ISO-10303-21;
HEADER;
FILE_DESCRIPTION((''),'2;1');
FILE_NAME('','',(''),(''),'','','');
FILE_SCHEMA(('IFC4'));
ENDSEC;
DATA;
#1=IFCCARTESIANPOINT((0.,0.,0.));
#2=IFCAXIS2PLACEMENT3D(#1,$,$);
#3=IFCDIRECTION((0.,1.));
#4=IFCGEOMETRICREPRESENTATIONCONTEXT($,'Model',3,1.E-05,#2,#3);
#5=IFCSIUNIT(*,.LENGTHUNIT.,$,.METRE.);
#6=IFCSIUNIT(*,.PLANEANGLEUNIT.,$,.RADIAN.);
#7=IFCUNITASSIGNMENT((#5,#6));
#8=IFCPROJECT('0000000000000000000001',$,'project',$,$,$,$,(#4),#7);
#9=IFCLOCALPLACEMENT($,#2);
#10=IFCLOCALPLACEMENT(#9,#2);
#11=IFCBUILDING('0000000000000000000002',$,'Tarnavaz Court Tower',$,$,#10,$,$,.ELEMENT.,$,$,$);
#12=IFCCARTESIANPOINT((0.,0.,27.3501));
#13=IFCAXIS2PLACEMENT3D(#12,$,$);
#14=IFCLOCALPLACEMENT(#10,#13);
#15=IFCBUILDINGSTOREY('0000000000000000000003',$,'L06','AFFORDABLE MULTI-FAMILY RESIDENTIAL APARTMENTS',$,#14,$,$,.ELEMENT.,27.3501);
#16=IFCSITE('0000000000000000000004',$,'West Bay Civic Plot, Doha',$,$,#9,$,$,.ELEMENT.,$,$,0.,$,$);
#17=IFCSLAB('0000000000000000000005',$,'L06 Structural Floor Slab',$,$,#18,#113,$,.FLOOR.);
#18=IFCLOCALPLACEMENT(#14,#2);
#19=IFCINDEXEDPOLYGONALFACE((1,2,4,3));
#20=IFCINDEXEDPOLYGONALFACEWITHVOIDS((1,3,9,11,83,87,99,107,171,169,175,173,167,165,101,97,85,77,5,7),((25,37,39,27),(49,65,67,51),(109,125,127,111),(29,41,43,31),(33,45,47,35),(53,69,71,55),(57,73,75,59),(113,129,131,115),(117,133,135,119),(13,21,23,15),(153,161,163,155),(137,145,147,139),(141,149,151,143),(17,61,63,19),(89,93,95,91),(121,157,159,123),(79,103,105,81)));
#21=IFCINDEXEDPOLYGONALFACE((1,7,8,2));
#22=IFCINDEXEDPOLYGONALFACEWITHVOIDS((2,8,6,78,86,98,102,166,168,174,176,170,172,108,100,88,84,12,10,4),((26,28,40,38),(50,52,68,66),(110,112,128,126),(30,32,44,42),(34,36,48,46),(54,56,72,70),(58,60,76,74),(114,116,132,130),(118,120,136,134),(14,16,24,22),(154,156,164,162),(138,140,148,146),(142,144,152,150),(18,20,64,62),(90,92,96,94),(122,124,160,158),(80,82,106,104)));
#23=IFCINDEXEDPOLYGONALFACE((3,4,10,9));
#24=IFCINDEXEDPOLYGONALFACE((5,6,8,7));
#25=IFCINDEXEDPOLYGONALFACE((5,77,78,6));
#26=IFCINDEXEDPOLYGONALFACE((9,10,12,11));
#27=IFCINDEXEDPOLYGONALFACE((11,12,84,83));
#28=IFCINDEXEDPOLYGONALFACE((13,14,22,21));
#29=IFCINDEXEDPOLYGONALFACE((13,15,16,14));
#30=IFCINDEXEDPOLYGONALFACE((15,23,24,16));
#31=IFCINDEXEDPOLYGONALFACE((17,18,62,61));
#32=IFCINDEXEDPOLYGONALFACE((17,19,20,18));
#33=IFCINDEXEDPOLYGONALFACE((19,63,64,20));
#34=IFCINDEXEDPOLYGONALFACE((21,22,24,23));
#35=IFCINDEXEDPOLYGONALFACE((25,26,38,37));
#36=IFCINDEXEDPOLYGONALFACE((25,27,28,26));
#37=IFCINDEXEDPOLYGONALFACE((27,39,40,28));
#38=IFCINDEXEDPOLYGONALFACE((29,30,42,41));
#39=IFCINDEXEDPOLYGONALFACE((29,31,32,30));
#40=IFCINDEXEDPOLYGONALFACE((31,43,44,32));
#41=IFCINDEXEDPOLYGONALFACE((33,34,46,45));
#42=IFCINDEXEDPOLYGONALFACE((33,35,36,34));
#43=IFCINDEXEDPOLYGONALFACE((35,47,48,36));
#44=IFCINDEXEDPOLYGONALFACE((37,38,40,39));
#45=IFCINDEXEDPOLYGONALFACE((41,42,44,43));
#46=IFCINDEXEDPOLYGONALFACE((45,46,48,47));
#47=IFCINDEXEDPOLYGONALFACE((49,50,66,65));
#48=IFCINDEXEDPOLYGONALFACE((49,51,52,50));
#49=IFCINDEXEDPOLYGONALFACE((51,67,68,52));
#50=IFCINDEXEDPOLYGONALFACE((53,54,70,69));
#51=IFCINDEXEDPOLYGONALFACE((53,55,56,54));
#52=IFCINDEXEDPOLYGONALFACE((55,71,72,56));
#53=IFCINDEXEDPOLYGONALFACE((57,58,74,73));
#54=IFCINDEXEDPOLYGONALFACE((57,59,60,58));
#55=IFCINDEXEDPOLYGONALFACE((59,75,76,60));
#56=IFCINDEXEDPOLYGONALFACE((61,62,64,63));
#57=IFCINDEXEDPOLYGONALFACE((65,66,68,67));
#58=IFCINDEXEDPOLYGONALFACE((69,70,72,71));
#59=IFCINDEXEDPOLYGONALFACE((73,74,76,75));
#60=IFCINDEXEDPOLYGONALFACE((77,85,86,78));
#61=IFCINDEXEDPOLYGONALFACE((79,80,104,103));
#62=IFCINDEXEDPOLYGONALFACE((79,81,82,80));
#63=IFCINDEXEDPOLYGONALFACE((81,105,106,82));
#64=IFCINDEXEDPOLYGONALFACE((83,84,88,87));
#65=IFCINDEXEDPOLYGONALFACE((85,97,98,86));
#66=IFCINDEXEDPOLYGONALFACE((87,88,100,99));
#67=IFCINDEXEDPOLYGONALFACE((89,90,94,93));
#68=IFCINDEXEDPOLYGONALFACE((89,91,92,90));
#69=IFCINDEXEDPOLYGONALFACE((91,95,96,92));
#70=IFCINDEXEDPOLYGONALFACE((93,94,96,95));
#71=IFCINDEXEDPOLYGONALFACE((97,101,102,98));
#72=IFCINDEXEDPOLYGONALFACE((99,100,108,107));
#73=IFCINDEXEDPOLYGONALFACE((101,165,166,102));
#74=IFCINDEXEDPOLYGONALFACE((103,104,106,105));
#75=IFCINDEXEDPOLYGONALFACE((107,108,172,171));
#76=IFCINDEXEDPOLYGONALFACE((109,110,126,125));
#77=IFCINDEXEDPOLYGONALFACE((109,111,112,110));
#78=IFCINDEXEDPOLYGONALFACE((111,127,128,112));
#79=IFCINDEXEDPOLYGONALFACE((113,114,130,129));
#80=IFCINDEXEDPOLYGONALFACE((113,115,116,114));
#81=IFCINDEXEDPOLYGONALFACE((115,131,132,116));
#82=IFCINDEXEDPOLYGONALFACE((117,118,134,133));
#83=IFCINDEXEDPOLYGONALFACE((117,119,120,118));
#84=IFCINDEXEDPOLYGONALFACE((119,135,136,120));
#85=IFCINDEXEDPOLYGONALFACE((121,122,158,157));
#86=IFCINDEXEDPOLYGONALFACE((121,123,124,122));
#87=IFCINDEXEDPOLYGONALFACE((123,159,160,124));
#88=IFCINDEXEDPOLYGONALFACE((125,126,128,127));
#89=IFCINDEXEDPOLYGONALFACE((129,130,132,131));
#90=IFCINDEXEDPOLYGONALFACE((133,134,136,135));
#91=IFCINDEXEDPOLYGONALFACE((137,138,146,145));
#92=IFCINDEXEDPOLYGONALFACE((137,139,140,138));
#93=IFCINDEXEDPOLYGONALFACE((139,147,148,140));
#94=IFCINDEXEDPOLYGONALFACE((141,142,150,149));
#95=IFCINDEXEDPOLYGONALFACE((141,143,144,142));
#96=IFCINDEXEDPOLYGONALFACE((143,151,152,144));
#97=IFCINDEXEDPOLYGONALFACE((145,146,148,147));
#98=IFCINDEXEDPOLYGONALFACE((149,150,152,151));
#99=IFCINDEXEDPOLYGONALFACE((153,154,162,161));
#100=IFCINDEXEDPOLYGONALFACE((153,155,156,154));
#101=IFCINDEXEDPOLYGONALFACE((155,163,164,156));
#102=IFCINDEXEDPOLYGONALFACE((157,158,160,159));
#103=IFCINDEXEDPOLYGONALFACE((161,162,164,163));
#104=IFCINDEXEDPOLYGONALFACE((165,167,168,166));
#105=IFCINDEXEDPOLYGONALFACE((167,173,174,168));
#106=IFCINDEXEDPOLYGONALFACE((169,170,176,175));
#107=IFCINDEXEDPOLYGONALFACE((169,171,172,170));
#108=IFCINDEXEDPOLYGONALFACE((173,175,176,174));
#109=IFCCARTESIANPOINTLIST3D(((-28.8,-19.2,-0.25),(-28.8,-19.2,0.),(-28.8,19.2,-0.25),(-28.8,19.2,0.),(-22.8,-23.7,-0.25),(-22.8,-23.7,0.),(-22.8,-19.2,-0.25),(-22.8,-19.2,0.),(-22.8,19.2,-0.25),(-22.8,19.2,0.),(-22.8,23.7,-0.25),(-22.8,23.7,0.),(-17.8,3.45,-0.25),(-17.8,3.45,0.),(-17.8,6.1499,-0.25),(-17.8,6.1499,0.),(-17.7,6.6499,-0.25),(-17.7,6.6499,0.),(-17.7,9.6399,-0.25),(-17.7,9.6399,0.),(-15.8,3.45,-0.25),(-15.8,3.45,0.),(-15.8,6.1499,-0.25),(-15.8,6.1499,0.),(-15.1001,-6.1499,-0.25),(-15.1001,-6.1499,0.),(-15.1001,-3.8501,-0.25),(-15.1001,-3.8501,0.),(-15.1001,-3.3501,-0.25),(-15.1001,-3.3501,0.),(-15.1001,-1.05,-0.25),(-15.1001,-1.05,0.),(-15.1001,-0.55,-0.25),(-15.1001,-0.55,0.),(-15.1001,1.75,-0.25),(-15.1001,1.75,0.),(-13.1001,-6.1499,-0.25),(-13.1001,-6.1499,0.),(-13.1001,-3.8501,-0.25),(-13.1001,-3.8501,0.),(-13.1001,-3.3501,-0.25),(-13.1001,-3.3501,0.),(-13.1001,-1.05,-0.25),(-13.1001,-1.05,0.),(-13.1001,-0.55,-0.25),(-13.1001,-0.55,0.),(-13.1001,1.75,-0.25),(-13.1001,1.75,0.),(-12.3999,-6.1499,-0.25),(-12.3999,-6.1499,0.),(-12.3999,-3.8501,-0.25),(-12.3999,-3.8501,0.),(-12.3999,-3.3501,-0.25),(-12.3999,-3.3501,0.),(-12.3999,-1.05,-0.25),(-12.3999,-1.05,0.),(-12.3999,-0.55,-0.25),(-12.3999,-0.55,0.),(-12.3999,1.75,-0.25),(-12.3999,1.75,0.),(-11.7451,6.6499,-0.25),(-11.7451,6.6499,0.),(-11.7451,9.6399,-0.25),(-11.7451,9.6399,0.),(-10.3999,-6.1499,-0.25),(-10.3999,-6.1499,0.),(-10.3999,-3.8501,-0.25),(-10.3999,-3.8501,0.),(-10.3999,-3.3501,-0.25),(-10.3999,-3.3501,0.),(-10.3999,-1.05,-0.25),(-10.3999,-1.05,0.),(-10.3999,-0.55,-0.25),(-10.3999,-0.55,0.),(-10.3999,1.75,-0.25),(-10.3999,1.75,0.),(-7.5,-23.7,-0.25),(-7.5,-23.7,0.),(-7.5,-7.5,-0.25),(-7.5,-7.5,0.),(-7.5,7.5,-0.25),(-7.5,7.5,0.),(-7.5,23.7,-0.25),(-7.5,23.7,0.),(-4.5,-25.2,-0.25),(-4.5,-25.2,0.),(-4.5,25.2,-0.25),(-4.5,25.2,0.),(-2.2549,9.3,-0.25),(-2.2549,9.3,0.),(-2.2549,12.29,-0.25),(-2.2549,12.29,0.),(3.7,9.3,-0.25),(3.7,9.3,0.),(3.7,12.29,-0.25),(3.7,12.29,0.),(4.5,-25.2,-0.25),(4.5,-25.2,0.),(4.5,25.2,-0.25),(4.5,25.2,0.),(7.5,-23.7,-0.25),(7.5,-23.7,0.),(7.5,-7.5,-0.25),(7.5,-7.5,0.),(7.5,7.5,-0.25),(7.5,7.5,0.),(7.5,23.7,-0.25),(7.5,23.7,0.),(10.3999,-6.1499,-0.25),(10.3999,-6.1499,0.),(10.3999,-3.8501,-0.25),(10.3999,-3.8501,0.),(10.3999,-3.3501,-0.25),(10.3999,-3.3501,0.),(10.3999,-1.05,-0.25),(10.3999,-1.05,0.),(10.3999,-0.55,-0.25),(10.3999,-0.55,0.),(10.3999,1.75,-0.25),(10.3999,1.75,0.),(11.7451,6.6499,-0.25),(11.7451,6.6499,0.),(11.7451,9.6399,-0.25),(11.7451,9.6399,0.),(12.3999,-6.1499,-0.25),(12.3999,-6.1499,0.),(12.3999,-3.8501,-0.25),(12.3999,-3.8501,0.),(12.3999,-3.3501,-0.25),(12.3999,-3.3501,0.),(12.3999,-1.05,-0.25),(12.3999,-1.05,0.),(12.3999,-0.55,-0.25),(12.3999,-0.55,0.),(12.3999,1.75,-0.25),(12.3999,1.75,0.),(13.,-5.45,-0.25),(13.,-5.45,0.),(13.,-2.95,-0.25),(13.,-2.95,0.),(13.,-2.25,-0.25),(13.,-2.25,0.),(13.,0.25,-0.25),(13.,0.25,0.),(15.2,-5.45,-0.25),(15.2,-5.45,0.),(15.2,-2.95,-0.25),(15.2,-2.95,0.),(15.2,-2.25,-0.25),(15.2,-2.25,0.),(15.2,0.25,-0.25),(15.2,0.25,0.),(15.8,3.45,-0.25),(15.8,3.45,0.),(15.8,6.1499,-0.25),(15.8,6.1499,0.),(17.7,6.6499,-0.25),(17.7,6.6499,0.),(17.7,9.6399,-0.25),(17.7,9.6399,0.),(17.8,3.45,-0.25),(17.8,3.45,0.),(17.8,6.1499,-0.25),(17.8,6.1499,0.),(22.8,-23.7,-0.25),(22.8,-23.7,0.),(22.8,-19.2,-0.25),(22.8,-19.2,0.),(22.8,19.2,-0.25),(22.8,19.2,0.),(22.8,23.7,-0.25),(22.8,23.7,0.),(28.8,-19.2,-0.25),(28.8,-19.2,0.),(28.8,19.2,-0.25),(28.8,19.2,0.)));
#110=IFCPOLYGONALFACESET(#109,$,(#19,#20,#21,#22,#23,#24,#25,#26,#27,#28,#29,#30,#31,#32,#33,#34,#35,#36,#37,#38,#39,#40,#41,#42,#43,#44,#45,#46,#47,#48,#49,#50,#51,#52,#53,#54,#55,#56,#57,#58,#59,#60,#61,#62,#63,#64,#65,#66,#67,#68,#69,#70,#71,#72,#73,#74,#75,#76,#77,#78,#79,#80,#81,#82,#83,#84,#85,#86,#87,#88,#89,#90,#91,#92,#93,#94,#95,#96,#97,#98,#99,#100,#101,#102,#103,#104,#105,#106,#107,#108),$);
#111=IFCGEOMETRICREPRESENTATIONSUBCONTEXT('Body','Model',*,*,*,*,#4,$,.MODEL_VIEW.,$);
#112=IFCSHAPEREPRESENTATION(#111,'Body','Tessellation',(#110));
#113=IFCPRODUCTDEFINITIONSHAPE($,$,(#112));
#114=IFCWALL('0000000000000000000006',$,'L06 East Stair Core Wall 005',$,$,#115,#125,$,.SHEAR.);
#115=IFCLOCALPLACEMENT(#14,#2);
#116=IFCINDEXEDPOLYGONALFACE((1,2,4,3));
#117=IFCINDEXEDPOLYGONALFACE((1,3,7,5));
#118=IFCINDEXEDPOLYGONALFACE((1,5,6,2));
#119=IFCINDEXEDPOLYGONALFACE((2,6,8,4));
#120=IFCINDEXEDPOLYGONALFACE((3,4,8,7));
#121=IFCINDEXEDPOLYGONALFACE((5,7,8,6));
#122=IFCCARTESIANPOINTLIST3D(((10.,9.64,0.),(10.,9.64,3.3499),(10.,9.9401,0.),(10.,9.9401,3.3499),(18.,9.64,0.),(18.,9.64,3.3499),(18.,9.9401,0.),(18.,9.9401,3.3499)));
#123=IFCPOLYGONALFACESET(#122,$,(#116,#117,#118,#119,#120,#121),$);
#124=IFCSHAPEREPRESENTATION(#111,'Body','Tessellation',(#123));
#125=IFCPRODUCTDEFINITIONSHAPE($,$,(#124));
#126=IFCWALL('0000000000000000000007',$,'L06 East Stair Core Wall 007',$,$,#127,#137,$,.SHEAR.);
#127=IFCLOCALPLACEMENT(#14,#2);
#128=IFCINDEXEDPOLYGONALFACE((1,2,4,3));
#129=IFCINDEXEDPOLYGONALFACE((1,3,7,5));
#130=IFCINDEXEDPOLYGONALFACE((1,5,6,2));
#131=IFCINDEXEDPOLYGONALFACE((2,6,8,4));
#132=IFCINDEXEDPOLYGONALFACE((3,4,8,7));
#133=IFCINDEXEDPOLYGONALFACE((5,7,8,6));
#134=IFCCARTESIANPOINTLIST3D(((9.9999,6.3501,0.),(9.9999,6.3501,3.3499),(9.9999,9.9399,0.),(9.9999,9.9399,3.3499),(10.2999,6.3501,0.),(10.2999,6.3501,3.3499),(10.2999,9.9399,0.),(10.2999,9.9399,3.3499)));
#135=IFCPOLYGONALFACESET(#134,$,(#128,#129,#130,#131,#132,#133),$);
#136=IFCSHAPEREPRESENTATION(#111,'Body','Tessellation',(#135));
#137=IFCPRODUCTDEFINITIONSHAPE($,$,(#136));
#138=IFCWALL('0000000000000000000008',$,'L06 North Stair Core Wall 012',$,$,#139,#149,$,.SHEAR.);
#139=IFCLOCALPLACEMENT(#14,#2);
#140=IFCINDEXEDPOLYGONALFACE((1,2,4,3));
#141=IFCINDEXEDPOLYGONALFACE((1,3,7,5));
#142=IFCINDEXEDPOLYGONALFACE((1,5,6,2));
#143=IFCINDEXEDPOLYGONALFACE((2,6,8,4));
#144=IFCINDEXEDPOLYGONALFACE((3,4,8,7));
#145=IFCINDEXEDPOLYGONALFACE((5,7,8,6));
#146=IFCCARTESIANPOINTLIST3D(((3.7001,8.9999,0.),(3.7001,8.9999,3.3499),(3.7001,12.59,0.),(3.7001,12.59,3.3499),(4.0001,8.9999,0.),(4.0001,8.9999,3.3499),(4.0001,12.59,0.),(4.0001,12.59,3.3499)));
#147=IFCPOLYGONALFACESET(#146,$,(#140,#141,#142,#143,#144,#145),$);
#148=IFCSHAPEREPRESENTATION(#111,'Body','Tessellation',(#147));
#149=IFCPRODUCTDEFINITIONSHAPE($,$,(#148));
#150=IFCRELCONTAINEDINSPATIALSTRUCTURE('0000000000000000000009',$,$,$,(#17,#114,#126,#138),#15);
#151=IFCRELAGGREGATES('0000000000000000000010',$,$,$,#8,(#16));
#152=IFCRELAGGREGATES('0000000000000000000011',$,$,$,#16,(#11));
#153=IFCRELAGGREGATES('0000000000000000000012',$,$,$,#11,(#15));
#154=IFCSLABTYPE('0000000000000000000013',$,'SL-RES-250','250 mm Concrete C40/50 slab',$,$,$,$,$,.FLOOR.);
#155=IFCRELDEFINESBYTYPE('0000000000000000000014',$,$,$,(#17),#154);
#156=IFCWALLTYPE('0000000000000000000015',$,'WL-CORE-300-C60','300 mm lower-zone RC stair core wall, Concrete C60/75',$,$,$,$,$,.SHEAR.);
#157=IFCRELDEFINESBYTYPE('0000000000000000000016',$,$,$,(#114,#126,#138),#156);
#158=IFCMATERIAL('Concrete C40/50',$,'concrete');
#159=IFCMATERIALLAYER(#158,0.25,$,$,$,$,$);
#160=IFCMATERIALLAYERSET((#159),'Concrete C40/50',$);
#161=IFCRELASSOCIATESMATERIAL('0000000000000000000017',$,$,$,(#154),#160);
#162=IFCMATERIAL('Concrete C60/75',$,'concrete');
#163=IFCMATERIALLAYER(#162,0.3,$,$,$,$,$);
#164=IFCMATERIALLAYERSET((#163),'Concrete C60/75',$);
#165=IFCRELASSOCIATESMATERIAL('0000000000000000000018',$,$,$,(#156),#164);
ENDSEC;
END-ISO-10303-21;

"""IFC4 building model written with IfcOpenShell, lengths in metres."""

from ifc_helpers import new_model, si_unit, direction, frame, frame_2d, origin, place, context, subcontext, project, spatial, polyline, rectangle, outline, extrude, material, layer, layer_set, type_object, element, save


model = new_model("IFC4")

# Units and contexts
model_context = context("Model", 3, precision=1e-05, world=origin(), true_north=direction((0.0, 1.0)))
body_context = subcontext(model_context, "Body", "Model", "MODEL_VIEW")
ifc_project = project(units=[si_unit("LENGTHUNIT", "METRE"), si_unit("PLANEANGLEUNIT", "RADIAN")], contexts=[model_context])

# Site, building, storey
site_placement = place(None, origin())
site = spatial("IfcSite", under=ifc_project, at=site_placement, Name="West Bay Civic Plot, Doha", CompositionType="ELEMENT", RefElevation=0.0)
building_placement = place(site_placement, origin())
building = spatial("IfcBuilding", under=site, at=building_placement, Name="Tarnavaz Court Tower", CompositionType="ELEMENT")
storey_placement = place(building_placement, frame((0.0, 0.0, 27.3501)))
storey = spatial("IfcBuildingStorey", under=building, at=storey_placement, Name="L06", Description="AFFORDABLE MULTI-FAMILY RESIDENTIAL APARTMENTS", CompositionType="ELEMENT", Elevation=27.3501)

# Shared definitions
ifc_material_1 = material(Name="Concrete C60/75", Category="concrete")

# Shared definitions
ifc_material_2 = material(Name="Concrete C40/50", Category="concrete")

# Slab
ifc_layer_1 = layer(ifc_material_2, 0.25)
ifc_layer_set_1 = layer_set([ifc_layer_1], Name="Concrete C40/50")
slab_type_1 = type_object("IfcSlabType", Name="SL-RES-250", Description="250 mm Concrete C40/50 slab", PredefinedType="FLOOR", material=ifc_layer_set_1)
slab_1_placement = place(storey_placement, frame((0.0, 0.0, -0.25)))
element("IfcSlab", 1, at=slab_1_placement, inside=storey, type_object=slab_type_1, Name="L06 Structural Floor Slab", PredefinedType="FLOOR", context=body_context, shape_type="SweptSolid", body=[
    extrude(outline(polyline([(-22.8, -23.7), (-7.5, -23.7), (-4.5, -25.2), (4.5, -25.2), (7.5, -23.7), (22.8, -23.7), (22.8, -19.2), (28.8, -19.2), (28.8, 19.2), (22.8, 19.2), (22.8, 23.7), (7.5, 23.7), (4.5, 25.2), (-4.5, 25.2), (-7.5, 23.7), (-22.8, 23.7), (-22.8, 19.2), (-28.8, 19.2), (-28.8, -19.2), (-22.8, -19.2), (-22.8, -23.7)]), holes=[polyline([(-7.5, -7.5), (7.5, -7.5), (7.5, 7.5), (-7.5, 7.5), (-7.5, -7.5)]), polyline([(-11.7451, 9.6399), (-17.7, 9.6399), (-17.7, 6.6499), (-11.7451, 6.6499), (-11.7451, 9.6399)]), polyline([(11.7451, 6.6499), (17.7, 6.6499), (17.7, 9.6399), (11.7451, 9.6399), (11.7451, 6.6499)]), polyline([(-2.2549, 9.3), (3.7, 9.3), (3.7, 12.29), (-2.2549, 12.29), (-2.2549, 9.3)]), polyline([(-17.8, 3.45), (-15.8, 3.45), (-15.8, 6.1499), (-17.8, 6.1499), (-17.8, 3.45)]), polyline([(-12.3999, -6.1499), (-10.3999, -6.1499), (-10.3999, -3.8501), (-12.3999, -3.8501), (-12.3999, -6.1499)]), polyline([(-12.3999, -3.3501), (-10.3999, -3.3501), (-10.3999, -1.05), (-12.3999, -1.05), (-12.3999, -3.3501)]), polyline([(-12.3999, -0.55), (-10.3999, -0.55), (-10.3999, 1.75), (-12.3999, 1.75), (-12.3999, -0.55)]), polyline([(-15.1001, -6.1499), (-13.1001, -6.1499), (-13.1001, -3.8501), (-15.1001, -3.8501), (-15.1001, -6.1499)]), polyline([(-15.1001, -3.3501), (-13.1001, -3.3501), (-13.1001, -1.05), (-15.1001, -1.05), (-15.1001, -3.3501)]), polyline([(-15.1001, -0.55), (-13.1001, -0.55), (-13.1001, 1.75), (-15.1001, 1.75), (-15.1001, -0.55)]), polyline([(15.8, 3.45), (17.8, 3.45), (17.8, 6.1499), (15.8, 6.1499), (15.8, 3.45)]), polyline([(10.3999, -6.1499), (12.3999, -6.1499), (12.3999, -3.8501), (10.3999, -3.8501), (10.3999, -6.1499)]), polyline([(10.3999, -3.3501), (12.3999, -3.3501), (12.3999, -1.05), (10.3999, -1.05), (10.3999, -3.3501)]), polyline([(10.3999, -0.55), (12.3999, -0.55), (12.3999, 1.75), (10.3999, 1.75), (10.3999, -0.55)]), polyline([(13.0, -5.45), (15.2, -5.45), (15.2, -2.95), (13.0, -2.95), (13.0, -5.45)]), polyline([(13.0, -2.25), (15.2, -2.25), (15.2, 0.25), (13.0, 0.25), (13.0, -2.25)])]), origin(), (0.0, 0.0, 1.0), 0.25),
])

# Wall
ifc_layer_2 = layer(ifc_material_1, 0.3)
ifc_layer_set_2 = layer_set([ifc_layer_2], Name="Concrete C60/75")
wall_type_1 = type_object("IfcWallType", Name="WL-CORE-300-C60", Description="300 mm lower-zone RC stair core wall, Concrete C60/75", PredefinedType="SHEAR", material=ifc_layer_set_2)
wall_1_placement = place(storey_placement, frame((10.0, 9.79, 0.0), z_axis=(0.0, 0.0, 1.0), x_axis=(1.0, 0.0, 0.0)))
element("IfcWall", 2, at=wall_1_placement, inside=storey, type_object=wall_type_1, Name="L06 East Stair Core Wall 005", PredefinedType="SHEAR", context=body_context, shape_type="SweptSolid", body=[
    extrude(rectangle(XDim=8.0, YDim=0.3, at=frame_2d((4.0, 0.0))), origin(), (0.0, 0.0, 1.0), 3.3499),
])

# Walls
wall_2_placement = place(storey_placement, frame((10.1499, 6.3501, 0.0), z_axis=(0.0, 0.0, 1.0), x_axis=(0.0, 1.0, 0.0)))
element("IfcWall", 3, at=wall_2_placement, inside=storey, type_object=wall_type_1, Name="L06 East Stair Core Wall 007", PredefinedType="SHEAR", context=body_context, shape_type="SweptSolid", body=[
    extrude(rectangle(XDim=3.5898, YDim=0.3, at=frame_2d((1.7949, 0.0))), origin(), (0.0, 0.0, 1.0), 3.3499),
])
wall_3_placement = place(storey_placement, frame((3.8501, 9.0, 0.0), z_axis=(0.0, 0.0, 1.0), x_axis=(0.0, 1.0, 0.0)))
element("IfcWall", 4, at=wall_3_placement, inside=storey, type_object=wall_type_1, Name="L06 North Stair Core Wall 012", PredefinedType="SHEAR", context=body_context, shape_type="SweptSolid", body=[
    extrude(rectangle(XDim=3.5901, YDim=0.3, at=frame_2d((1.7949, 0.0))), origin(), (0.0, 0.0, 1.0), 3.3499),
])

save(model, "model.ifc")
